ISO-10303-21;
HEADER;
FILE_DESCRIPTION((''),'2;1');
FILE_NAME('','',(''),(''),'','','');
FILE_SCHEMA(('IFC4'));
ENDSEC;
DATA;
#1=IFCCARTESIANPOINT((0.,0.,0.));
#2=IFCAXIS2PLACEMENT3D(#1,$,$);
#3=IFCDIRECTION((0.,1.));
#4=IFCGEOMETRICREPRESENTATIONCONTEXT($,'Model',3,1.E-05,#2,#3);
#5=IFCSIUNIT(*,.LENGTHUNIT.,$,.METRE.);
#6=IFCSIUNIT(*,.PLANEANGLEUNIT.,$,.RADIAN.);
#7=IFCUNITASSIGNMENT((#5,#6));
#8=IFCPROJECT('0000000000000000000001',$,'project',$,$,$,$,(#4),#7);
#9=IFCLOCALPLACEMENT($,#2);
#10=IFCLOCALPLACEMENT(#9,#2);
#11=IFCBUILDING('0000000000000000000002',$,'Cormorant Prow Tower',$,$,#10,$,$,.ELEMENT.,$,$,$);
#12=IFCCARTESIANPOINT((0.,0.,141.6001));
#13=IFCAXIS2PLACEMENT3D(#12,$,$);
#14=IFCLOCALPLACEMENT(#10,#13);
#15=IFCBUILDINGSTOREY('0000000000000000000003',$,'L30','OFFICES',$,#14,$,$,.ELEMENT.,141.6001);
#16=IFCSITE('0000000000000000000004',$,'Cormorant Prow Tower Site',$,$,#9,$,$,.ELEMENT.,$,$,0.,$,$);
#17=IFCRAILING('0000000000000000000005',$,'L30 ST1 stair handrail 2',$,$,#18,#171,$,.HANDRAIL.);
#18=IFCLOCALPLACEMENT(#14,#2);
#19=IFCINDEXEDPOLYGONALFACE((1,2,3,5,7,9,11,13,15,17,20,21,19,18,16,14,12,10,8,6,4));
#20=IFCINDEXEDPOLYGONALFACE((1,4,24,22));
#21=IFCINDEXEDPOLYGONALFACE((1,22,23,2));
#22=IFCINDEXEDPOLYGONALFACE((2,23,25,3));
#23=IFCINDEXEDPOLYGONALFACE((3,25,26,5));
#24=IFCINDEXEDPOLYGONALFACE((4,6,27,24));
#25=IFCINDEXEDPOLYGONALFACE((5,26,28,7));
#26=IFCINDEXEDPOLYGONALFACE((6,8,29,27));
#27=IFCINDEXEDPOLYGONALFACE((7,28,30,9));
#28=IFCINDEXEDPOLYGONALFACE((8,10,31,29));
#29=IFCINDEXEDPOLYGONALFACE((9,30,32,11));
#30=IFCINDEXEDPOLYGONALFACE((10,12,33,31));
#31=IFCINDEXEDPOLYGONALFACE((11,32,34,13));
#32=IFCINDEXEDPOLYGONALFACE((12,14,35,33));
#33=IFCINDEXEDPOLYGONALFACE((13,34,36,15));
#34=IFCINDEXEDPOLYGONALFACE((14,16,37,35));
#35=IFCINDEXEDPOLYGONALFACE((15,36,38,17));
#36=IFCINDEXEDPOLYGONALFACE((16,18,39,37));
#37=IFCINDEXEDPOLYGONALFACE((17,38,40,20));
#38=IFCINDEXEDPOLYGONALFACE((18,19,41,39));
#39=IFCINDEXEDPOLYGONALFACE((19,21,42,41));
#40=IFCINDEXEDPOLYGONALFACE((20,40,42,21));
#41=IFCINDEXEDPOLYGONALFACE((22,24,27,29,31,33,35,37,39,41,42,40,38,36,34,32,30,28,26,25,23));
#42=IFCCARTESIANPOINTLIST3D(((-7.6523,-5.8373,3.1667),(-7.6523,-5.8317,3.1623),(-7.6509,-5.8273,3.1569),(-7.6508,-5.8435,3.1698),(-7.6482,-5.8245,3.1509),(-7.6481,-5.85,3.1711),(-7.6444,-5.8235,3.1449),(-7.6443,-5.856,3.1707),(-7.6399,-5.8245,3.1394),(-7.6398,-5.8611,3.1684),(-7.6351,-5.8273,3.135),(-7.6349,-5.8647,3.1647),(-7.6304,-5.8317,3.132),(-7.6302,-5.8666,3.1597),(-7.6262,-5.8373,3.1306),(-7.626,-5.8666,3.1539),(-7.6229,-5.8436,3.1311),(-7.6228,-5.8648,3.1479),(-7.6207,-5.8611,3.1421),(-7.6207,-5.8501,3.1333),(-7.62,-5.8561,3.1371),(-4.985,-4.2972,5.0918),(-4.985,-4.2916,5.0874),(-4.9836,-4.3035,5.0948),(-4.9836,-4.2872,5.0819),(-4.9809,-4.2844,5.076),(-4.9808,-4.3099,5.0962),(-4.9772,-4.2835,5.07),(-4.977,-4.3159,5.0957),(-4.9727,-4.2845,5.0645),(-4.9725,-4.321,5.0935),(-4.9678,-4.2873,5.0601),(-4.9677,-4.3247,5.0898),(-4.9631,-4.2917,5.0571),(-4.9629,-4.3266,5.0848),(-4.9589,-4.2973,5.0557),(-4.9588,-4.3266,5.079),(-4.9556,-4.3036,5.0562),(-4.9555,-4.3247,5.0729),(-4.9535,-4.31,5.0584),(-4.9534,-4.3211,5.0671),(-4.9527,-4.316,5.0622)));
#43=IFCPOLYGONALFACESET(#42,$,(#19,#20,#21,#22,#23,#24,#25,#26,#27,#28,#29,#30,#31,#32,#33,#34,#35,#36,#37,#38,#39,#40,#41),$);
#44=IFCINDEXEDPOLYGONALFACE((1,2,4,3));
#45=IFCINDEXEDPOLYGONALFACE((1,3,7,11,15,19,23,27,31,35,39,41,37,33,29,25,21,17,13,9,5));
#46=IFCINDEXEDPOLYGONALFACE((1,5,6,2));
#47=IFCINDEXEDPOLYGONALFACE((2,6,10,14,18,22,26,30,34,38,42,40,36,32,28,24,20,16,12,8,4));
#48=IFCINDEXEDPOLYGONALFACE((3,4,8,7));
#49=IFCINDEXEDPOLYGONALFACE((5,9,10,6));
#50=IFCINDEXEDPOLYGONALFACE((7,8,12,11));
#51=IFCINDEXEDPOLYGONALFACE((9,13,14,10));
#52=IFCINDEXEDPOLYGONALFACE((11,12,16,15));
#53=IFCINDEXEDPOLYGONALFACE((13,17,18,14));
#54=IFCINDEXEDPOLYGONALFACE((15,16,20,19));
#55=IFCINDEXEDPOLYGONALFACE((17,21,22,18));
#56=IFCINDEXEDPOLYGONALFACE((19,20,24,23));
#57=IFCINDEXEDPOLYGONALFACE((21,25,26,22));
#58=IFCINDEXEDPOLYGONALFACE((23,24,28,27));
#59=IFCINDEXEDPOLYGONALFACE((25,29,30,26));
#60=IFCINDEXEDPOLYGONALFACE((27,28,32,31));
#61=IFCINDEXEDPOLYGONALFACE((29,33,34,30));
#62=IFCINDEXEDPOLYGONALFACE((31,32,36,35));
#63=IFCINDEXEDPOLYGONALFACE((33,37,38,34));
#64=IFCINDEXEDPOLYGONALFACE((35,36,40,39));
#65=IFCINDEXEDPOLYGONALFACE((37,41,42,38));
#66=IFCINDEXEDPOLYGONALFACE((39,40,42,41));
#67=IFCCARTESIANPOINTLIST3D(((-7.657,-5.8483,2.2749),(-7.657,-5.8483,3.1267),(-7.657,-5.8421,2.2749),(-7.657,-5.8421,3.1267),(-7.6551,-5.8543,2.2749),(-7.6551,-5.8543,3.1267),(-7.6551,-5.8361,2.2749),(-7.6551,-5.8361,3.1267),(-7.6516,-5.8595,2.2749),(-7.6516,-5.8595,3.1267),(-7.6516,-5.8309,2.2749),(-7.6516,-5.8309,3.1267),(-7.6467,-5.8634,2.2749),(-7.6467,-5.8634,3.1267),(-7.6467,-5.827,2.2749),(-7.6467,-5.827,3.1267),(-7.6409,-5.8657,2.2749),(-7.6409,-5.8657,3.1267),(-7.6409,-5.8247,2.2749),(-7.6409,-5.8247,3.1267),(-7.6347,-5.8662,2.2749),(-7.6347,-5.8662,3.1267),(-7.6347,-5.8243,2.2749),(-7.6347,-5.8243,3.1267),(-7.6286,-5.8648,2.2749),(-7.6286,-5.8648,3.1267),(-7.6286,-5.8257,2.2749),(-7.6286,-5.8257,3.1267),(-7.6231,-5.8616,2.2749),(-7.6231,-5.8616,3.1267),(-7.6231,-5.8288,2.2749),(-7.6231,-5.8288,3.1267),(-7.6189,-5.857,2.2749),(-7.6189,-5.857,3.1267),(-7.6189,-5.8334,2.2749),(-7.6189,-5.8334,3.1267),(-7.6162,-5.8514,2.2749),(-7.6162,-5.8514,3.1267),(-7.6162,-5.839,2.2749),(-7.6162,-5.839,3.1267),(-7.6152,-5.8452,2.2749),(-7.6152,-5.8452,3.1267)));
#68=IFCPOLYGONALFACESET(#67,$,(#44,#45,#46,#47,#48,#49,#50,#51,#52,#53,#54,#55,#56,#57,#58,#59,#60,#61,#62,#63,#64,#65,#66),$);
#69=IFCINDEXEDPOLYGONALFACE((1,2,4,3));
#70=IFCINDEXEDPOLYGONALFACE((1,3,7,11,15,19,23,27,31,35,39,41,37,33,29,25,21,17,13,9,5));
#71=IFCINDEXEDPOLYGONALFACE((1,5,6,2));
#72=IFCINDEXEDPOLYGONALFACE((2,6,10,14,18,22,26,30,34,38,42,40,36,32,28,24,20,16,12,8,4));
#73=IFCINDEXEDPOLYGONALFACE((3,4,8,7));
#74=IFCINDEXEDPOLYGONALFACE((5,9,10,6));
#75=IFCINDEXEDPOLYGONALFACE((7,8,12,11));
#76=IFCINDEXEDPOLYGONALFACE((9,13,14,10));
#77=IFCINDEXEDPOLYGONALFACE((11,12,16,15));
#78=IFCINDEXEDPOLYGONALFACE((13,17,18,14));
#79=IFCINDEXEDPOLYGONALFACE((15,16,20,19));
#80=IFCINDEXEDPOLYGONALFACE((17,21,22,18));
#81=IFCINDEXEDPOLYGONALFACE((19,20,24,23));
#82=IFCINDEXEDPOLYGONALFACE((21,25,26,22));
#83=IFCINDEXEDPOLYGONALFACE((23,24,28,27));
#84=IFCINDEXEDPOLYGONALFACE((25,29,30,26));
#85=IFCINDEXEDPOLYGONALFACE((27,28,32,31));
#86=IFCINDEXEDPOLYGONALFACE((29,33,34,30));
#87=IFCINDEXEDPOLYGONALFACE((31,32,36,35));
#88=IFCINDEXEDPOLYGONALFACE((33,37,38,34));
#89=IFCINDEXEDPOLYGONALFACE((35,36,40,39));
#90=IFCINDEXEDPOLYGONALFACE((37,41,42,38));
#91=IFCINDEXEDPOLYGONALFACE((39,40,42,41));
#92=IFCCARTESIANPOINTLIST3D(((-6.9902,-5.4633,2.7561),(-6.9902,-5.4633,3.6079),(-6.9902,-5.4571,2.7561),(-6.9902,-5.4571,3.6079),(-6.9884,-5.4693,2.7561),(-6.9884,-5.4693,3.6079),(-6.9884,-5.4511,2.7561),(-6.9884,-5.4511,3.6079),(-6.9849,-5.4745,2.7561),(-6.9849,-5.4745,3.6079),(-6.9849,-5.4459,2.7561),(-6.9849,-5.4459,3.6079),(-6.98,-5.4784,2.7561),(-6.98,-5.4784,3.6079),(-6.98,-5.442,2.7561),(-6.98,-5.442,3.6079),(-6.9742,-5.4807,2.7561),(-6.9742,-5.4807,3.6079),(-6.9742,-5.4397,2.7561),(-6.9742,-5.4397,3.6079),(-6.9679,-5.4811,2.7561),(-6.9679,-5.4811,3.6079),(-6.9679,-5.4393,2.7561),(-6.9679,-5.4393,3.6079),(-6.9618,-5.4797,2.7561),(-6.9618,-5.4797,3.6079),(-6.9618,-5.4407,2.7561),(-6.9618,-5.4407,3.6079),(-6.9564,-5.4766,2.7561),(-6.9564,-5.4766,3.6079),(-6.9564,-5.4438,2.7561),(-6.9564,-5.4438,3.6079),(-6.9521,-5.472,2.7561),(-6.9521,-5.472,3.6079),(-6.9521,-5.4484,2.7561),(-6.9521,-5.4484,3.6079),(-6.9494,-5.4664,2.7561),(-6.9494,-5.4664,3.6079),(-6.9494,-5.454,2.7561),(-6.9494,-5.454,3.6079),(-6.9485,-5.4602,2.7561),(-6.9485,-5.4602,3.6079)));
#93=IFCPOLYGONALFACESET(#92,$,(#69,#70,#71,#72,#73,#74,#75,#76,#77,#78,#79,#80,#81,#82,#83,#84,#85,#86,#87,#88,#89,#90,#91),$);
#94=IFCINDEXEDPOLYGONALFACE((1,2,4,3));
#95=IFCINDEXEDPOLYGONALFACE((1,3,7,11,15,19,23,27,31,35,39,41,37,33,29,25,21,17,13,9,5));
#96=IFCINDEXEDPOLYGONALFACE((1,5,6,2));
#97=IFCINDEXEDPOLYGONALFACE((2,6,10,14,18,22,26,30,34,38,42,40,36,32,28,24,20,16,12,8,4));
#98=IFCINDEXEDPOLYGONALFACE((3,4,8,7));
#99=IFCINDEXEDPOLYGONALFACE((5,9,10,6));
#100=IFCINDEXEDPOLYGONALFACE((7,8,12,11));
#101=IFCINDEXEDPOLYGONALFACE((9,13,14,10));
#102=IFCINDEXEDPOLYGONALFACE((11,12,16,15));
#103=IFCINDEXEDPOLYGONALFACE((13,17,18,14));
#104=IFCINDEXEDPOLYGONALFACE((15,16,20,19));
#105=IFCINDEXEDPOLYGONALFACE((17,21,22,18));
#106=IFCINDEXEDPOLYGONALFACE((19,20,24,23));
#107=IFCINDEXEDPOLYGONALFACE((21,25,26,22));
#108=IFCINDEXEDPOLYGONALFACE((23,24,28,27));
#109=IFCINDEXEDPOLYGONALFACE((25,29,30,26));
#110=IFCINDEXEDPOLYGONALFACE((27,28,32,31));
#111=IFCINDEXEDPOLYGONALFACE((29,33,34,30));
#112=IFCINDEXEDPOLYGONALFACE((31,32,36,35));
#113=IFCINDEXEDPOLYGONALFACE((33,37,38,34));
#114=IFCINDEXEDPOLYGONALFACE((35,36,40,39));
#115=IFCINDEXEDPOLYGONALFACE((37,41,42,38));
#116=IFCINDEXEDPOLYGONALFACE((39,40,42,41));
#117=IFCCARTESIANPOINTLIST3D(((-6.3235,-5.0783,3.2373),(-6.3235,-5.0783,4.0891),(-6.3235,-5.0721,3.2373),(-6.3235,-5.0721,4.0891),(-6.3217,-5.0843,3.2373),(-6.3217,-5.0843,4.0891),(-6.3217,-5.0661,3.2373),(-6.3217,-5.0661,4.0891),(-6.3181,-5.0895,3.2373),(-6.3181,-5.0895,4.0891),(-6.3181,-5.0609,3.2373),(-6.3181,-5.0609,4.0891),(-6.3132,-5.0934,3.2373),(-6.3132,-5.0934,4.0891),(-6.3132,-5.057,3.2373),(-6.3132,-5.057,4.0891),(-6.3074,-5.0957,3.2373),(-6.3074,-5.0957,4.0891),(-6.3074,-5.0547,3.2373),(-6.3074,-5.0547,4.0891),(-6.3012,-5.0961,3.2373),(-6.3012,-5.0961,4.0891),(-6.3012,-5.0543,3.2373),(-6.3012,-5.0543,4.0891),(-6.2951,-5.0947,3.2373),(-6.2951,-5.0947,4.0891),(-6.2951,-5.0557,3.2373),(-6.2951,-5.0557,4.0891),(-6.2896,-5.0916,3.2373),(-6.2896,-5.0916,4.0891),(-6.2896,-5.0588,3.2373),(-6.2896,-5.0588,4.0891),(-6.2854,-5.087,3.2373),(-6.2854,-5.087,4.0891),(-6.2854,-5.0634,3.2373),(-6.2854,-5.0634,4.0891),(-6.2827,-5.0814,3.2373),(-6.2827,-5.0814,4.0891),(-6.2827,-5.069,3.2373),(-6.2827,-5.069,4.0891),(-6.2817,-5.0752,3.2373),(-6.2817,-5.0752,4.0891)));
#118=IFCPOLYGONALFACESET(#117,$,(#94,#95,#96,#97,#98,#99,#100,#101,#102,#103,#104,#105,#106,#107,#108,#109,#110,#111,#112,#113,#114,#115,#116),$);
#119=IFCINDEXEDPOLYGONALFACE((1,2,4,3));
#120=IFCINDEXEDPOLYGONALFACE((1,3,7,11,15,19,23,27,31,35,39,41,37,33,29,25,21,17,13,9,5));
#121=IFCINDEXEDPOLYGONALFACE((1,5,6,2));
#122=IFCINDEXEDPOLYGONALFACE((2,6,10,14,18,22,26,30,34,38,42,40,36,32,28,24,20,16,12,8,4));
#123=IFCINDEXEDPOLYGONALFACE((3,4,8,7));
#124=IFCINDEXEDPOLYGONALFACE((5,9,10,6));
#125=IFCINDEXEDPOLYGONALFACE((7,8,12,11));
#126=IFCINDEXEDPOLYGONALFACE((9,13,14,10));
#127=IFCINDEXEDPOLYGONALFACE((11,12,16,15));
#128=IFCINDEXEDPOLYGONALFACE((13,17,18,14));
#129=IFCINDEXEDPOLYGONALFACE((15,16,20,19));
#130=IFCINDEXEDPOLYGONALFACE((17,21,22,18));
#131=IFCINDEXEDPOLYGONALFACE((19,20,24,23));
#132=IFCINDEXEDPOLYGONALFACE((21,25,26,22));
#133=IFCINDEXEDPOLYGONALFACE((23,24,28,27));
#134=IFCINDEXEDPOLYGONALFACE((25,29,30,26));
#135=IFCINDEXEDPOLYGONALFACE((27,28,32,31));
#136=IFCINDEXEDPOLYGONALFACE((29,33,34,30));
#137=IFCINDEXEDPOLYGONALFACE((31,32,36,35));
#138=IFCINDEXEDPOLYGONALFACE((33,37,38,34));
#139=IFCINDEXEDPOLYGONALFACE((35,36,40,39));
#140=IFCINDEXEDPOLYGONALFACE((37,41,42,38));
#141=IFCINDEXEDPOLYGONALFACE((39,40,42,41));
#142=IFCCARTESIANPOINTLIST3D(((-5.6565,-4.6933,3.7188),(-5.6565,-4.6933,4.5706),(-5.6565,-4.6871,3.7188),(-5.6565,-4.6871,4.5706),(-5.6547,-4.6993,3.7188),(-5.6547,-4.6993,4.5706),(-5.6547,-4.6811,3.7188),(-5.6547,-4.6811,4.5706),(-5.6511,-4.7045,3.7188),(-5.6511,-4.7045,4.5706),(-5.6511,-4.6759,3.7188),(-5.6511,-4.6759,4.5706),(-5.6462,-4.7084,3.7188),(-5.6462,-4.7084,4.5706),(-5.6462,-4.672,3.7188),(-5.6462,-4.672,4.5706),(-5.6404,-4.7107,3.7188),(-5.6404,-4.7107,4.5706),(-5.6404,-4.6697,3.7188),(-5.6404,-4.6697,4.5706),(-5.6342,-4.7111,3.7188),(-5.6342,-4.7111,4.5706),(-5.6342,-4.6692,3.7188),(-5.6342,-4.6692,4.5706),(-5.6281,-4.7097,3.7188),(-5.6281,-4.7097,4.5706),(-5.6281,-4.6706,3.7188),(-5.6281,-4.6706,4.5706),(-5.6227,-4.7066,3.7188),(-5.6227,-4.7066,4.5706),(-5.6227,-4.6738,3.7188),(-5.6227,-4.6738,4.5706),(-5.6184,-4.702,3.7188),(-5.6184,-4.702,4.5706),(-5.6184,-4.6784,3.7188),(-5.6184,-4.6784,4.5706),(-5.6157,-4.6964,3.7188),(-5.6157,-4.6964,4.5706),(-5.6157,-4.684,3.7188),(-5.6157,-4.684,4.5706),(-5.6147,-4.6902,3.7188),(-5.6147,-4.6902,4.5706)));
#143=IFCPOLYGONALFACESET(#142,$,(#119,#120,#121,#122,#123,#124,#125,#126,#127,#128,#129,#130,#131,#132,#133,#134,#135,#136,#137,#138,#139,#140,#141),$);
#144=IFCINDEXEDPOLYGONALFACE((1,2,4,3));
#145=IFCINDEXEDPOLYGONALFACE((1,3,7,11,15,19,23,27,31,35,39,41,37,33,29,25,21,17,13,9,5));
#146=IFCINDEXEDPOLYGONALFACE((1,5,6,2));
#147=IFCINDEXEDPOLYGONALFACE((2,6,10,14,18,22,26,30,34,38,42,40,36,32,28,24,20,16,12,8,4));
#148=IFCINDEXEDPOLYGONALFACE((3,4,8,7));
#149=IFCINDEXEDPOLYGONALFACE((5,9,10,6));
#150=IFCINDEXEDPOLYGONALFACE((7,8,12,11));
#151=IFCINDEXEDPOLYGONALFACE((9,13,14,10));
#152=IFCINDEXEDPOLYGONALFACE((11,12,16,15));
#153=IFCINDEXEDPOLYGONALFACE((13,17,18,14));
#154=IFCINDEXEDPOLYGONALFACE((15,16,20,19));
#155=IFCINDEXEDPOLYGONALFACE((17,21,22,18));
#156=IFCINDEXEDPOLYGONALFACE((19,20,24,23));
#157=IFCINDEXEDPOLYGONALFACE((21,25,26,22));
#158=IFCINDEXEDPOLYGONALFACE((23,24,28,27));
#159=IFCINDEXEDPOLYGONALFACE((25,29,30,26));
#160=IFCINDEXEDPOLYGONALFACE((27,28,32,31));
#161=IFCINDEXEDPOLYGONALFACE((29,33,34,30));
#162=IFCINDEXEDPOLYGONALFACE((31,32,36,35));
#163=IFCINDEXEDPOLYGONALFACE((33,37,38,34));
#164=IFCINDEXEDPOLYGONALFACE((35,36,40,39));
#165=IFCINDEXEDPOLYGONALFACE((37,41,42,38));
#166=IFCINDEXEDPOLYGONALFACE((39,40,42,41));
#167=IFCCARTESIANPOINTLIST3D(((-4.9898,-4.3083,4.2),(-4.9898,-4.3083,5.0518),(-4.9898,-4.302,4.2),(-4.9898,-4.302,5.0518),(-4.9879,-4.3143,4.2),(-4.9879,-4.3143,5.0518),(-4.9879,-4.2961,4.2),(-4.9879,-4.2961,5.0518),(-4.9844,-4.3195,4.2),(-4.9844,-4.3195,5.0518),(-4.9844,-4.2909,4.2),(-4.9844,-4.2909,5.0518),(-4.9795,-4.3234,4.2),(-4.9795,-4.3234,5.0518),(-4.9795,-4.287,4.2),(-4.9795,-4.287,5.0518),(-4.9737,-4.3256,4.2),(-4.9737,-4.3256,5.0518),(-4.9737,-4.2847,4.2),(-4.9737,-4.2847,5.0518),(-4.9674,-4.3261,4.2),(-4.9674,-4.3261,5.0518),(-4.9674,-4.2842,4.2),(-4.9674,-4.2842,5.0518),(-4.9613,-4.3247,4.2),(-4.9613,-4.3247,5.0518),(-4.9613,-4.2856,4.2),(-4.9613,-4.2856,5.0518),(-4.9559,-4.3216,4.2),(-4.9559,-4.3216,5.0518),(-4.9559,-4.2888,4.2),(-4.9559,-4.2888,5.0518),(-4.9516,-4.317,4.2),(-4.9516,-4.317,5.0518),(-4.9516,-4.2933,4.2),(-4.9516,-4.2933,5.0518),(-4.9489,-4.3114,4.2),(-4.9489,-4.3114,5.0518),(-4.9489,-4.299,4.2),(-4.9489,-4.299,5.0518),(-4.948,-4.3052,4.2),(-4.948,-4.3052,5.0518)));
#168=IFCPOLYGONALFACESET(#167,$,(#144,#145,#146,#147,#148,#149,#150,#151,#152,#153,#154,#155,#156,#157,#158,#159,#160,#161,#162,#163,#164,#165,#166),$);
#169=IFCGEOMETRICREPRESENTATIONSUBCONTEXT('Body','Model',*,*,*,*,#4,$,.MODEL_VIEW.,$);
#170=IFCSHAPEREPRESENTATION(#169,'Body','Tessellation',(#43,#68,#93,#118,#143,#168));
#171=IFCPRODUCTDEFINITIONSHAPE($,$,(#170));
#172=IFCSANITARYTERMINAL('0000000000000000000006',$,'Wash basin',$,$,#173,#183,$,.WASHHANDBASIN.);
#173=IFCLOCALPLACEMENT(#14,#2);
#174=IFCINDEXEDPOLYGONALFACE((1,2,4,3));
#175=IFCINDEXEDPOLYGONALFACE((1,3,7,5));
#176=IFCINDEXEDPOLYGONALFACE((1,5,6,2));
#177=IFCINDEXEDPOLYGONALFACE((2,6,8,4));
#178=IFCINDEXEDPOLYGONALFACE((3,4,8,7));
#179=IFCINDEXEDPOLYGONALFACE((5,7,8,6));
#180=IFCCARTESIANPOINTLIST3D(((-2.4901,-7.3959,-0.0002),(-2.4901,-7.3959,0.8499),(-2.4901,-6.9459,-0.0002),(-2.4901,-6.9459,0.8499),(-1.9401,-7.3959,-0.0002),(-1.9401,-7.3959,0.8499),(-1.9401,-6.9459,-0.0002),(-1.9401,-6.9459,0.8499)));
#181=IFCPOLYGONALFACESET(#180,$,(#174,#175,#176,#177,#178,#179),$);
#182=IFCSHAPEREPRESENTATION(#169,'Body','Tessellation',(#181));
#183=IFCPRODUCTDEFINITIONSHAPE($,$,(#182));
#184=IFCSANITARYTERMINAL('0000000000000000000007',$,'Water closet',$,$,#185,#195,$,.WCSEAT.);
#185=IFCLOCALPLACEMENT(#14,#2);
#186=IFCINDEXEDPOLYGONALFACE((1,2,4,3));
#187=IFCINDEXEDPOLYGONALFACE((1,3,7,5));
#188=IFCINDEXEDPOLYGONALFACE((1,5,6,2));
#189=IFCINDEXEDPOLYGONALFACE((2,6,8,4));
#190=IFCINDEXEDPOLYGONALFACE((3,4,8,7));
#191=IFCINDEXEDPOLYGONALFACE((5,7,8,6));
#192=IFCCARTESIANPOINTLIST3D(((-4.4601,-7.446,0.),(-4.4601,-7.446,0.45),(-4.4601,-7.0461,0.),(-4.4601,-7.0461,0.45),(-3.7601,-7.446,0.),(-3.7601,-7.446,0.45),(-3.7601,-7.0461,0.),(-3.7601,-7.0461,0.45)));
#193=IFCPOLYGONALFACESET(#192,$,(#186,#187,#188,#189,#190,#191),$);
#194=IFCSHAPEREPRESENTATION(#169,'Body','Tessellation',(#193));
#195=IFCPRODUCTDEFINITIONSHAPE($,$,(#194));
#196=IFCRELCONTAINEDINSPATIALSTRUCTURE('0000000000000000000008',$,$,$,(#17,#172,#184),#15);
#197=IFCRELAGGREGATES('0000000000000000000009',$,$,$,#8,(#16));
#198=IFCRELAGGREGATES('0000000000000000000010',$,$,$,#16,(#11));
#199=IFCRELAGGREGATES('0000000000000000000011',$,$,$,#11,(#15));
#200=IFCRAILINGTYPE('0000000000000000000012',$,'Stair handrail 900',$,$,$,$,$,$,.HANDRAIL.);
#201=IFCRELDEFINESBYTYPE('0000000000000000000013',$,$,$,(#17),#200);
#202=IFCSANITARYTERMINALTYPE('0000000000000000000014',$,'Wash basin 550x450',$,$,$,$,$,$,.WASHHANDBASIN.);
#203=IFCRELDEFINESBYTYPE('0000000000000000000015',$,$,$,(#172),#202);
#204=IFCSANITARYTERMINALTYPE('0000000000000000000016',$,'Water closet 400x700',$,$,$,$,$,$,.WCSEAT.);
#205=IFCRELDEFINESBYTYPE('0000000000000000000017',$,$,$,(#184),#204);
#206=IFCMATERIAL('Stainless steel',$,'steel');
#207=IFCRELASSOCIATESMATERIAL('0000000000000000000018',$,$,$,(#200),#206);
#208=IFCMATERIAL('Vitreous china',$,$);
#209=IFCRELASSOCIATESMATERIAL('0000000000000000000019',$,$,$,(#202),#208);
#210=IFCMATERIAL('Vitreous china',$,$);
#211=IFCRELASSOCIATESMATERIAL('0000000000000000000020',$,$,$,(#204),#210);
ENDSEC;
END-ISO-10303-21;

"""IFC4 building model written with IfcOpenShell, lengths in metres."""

from ifc_helpers import new_model, si_unit, direction, frame, origin, origin_2d, place, context, subcontext, project, spatial, rectangle, circle, extrude, material, type_object, element, save


model = new_model("IFC4")

# Units and contexts
model_context = context("Model", 3, precision=1e-05, world=origin(), true_north=direction((0.0, 1.0)))
body_context = subcontext(model_context, "Body", "Model", "MODEL_VIEW")
ifc_project = project(units=[si_unit("LENGTHUNIT", "METRE"), si_unit("PLANEANGLEUNIT", "RADIAN")], contexts=[model_context])

# Site, building, storey
site_placement = place(None, origin())
site = spatial("IfcSite", under=ifc_project, at=site_placement, Name="Cormorant Prow Tower Site", CompositionType="ELEMENT", RefElevation=0.0)
building_placement = place(site_placement, origin())
building = spatial("IfcBuilding", under=site, at=building_placement, Name="Cormorant Prow Tower", CompositionType="ELEMENT")
storey_placement = place(building_placement, frame((0.0, 0.0, 141.6001)))
storey = spatial("IfcBuildingStorey", under=building, at=storey_placement, Name="L30", Description="OFFICES", CompositionType="ELEMENT", Elevation=141.6001)

# Railing
ifc_material_1 = material(Name="Stainless steel", Category="steel")
railing_type_1 = type_object("IfcRailingType", Name="Stair handrail 900", PredefinedType="HANDRAIL", material=ifc_material_1)
railing_1_placement = place(storey_placement, frame((-7.6362, -5.8452, 2.2749)))
element("IfcRailing", 1, at=railing_1_placement, inside=storey, type_object=railing_type_1, Name="L30 ST1 stair handrail 2", PredefinedType="HANDRAIL", context=body_context, shape_type="SweptSolid", body=[
    extrude(circle(Radius=0.0239, at=origin_2d()), frame((0.0, 0.0, 0.876), z_axis=(0.734364, 0.424015, 0.530019), x_axis=(-0.500027, 0.86601, 0.0)), (0.0, 0.0, 1.0), 3.6321),
    extrude(circle(Radius=0.021, at=origin_2d()), origin(), (0.0, 0.0, 1.0), 0.8518),
    extrude(circle(Radius=0.021, at=origin_2d()), frame((0.6667, 0.385, 0.4812)), (0.0, 0.0, 1.0), 0.8518),
    extrude(circle(Radius=0.021, at=origin_2d()), frame((1.3335, 0.77, 0.9624)), (0.0, 0.0, 1.0), 0.8518),
    extrude(circle(Radius=0.021, at=origin_2d()), frame((2.0005, 1.155, 1.4438)), (0.0, 0.0, 1.0), 0.8518),
    extrude(circle(Radius=0.021, at=origin_2d()), frame((2.6672, 1.54, 1.925)), (0.0, 0.0, 1.0), 0.8518),
])

# Sanitary terminals
ifc_material_2 = material(Name="Vitreous china")
sanitary_terminal_type_1 = type_object("IfcSanitaryTerminalType", Name="Wash basin 550x450", PredefinedType="WASHHANDBASIN", material=ifc_material_2)
sanitary_terminal_1_placement = place(storey_placement, frame((-2.2151, -7.1709, -0.0002), z_axis=(0.0, 0.0, 1.0), x_axis=(-1.0, 0.0, 0.0)))
element("IfcSanitaryTerminal", 2, at=sanitary_terminal_1_placement, inside=storey, type_object=sanitary_terminal_type_1, Name="Wash basin", PredefinedType="WASHHANDBASIN", context=body_context, shape_type="SweptSolid", body=[
    extrude(rectangle(XDim=0.55, YDim=0.45, at=origin_2d()), origin(), (0.0, 0.0, 1.0), 0.8501),
])
ifc_material_3 = material(Name="Vitreous china")
sanitary_terminal_type_2 = type_object("IfcSanitaryTerminalType", Name="Water closet 400x700", PredefinedType="WCSEAT", material=ifc_material_3)
sanitary_terminal_2_placement = place(storey_placement, frame((-4.1101, -7.2461, 0.0), z_axis=(0.0, 0.0, 1.0), x_axis=(0.0, -1.0, 0.0)))
element("IfcSanitaryTerminal", 3, at=sanitary_terminal_2_placement, inside=storey, type_object=sanitary_terminal_type_2, Name="Water closet", PredefinedType="WCSEAT", context=body_context, shape_type="SweptSolid", body=[
    extrude(rectangle(XDim=0.3999, YDim=0.7, at=origin_2d()), origin(), (0.0, 0.0, 1.0), 0.45),
])

save(model, "model.ifc")
